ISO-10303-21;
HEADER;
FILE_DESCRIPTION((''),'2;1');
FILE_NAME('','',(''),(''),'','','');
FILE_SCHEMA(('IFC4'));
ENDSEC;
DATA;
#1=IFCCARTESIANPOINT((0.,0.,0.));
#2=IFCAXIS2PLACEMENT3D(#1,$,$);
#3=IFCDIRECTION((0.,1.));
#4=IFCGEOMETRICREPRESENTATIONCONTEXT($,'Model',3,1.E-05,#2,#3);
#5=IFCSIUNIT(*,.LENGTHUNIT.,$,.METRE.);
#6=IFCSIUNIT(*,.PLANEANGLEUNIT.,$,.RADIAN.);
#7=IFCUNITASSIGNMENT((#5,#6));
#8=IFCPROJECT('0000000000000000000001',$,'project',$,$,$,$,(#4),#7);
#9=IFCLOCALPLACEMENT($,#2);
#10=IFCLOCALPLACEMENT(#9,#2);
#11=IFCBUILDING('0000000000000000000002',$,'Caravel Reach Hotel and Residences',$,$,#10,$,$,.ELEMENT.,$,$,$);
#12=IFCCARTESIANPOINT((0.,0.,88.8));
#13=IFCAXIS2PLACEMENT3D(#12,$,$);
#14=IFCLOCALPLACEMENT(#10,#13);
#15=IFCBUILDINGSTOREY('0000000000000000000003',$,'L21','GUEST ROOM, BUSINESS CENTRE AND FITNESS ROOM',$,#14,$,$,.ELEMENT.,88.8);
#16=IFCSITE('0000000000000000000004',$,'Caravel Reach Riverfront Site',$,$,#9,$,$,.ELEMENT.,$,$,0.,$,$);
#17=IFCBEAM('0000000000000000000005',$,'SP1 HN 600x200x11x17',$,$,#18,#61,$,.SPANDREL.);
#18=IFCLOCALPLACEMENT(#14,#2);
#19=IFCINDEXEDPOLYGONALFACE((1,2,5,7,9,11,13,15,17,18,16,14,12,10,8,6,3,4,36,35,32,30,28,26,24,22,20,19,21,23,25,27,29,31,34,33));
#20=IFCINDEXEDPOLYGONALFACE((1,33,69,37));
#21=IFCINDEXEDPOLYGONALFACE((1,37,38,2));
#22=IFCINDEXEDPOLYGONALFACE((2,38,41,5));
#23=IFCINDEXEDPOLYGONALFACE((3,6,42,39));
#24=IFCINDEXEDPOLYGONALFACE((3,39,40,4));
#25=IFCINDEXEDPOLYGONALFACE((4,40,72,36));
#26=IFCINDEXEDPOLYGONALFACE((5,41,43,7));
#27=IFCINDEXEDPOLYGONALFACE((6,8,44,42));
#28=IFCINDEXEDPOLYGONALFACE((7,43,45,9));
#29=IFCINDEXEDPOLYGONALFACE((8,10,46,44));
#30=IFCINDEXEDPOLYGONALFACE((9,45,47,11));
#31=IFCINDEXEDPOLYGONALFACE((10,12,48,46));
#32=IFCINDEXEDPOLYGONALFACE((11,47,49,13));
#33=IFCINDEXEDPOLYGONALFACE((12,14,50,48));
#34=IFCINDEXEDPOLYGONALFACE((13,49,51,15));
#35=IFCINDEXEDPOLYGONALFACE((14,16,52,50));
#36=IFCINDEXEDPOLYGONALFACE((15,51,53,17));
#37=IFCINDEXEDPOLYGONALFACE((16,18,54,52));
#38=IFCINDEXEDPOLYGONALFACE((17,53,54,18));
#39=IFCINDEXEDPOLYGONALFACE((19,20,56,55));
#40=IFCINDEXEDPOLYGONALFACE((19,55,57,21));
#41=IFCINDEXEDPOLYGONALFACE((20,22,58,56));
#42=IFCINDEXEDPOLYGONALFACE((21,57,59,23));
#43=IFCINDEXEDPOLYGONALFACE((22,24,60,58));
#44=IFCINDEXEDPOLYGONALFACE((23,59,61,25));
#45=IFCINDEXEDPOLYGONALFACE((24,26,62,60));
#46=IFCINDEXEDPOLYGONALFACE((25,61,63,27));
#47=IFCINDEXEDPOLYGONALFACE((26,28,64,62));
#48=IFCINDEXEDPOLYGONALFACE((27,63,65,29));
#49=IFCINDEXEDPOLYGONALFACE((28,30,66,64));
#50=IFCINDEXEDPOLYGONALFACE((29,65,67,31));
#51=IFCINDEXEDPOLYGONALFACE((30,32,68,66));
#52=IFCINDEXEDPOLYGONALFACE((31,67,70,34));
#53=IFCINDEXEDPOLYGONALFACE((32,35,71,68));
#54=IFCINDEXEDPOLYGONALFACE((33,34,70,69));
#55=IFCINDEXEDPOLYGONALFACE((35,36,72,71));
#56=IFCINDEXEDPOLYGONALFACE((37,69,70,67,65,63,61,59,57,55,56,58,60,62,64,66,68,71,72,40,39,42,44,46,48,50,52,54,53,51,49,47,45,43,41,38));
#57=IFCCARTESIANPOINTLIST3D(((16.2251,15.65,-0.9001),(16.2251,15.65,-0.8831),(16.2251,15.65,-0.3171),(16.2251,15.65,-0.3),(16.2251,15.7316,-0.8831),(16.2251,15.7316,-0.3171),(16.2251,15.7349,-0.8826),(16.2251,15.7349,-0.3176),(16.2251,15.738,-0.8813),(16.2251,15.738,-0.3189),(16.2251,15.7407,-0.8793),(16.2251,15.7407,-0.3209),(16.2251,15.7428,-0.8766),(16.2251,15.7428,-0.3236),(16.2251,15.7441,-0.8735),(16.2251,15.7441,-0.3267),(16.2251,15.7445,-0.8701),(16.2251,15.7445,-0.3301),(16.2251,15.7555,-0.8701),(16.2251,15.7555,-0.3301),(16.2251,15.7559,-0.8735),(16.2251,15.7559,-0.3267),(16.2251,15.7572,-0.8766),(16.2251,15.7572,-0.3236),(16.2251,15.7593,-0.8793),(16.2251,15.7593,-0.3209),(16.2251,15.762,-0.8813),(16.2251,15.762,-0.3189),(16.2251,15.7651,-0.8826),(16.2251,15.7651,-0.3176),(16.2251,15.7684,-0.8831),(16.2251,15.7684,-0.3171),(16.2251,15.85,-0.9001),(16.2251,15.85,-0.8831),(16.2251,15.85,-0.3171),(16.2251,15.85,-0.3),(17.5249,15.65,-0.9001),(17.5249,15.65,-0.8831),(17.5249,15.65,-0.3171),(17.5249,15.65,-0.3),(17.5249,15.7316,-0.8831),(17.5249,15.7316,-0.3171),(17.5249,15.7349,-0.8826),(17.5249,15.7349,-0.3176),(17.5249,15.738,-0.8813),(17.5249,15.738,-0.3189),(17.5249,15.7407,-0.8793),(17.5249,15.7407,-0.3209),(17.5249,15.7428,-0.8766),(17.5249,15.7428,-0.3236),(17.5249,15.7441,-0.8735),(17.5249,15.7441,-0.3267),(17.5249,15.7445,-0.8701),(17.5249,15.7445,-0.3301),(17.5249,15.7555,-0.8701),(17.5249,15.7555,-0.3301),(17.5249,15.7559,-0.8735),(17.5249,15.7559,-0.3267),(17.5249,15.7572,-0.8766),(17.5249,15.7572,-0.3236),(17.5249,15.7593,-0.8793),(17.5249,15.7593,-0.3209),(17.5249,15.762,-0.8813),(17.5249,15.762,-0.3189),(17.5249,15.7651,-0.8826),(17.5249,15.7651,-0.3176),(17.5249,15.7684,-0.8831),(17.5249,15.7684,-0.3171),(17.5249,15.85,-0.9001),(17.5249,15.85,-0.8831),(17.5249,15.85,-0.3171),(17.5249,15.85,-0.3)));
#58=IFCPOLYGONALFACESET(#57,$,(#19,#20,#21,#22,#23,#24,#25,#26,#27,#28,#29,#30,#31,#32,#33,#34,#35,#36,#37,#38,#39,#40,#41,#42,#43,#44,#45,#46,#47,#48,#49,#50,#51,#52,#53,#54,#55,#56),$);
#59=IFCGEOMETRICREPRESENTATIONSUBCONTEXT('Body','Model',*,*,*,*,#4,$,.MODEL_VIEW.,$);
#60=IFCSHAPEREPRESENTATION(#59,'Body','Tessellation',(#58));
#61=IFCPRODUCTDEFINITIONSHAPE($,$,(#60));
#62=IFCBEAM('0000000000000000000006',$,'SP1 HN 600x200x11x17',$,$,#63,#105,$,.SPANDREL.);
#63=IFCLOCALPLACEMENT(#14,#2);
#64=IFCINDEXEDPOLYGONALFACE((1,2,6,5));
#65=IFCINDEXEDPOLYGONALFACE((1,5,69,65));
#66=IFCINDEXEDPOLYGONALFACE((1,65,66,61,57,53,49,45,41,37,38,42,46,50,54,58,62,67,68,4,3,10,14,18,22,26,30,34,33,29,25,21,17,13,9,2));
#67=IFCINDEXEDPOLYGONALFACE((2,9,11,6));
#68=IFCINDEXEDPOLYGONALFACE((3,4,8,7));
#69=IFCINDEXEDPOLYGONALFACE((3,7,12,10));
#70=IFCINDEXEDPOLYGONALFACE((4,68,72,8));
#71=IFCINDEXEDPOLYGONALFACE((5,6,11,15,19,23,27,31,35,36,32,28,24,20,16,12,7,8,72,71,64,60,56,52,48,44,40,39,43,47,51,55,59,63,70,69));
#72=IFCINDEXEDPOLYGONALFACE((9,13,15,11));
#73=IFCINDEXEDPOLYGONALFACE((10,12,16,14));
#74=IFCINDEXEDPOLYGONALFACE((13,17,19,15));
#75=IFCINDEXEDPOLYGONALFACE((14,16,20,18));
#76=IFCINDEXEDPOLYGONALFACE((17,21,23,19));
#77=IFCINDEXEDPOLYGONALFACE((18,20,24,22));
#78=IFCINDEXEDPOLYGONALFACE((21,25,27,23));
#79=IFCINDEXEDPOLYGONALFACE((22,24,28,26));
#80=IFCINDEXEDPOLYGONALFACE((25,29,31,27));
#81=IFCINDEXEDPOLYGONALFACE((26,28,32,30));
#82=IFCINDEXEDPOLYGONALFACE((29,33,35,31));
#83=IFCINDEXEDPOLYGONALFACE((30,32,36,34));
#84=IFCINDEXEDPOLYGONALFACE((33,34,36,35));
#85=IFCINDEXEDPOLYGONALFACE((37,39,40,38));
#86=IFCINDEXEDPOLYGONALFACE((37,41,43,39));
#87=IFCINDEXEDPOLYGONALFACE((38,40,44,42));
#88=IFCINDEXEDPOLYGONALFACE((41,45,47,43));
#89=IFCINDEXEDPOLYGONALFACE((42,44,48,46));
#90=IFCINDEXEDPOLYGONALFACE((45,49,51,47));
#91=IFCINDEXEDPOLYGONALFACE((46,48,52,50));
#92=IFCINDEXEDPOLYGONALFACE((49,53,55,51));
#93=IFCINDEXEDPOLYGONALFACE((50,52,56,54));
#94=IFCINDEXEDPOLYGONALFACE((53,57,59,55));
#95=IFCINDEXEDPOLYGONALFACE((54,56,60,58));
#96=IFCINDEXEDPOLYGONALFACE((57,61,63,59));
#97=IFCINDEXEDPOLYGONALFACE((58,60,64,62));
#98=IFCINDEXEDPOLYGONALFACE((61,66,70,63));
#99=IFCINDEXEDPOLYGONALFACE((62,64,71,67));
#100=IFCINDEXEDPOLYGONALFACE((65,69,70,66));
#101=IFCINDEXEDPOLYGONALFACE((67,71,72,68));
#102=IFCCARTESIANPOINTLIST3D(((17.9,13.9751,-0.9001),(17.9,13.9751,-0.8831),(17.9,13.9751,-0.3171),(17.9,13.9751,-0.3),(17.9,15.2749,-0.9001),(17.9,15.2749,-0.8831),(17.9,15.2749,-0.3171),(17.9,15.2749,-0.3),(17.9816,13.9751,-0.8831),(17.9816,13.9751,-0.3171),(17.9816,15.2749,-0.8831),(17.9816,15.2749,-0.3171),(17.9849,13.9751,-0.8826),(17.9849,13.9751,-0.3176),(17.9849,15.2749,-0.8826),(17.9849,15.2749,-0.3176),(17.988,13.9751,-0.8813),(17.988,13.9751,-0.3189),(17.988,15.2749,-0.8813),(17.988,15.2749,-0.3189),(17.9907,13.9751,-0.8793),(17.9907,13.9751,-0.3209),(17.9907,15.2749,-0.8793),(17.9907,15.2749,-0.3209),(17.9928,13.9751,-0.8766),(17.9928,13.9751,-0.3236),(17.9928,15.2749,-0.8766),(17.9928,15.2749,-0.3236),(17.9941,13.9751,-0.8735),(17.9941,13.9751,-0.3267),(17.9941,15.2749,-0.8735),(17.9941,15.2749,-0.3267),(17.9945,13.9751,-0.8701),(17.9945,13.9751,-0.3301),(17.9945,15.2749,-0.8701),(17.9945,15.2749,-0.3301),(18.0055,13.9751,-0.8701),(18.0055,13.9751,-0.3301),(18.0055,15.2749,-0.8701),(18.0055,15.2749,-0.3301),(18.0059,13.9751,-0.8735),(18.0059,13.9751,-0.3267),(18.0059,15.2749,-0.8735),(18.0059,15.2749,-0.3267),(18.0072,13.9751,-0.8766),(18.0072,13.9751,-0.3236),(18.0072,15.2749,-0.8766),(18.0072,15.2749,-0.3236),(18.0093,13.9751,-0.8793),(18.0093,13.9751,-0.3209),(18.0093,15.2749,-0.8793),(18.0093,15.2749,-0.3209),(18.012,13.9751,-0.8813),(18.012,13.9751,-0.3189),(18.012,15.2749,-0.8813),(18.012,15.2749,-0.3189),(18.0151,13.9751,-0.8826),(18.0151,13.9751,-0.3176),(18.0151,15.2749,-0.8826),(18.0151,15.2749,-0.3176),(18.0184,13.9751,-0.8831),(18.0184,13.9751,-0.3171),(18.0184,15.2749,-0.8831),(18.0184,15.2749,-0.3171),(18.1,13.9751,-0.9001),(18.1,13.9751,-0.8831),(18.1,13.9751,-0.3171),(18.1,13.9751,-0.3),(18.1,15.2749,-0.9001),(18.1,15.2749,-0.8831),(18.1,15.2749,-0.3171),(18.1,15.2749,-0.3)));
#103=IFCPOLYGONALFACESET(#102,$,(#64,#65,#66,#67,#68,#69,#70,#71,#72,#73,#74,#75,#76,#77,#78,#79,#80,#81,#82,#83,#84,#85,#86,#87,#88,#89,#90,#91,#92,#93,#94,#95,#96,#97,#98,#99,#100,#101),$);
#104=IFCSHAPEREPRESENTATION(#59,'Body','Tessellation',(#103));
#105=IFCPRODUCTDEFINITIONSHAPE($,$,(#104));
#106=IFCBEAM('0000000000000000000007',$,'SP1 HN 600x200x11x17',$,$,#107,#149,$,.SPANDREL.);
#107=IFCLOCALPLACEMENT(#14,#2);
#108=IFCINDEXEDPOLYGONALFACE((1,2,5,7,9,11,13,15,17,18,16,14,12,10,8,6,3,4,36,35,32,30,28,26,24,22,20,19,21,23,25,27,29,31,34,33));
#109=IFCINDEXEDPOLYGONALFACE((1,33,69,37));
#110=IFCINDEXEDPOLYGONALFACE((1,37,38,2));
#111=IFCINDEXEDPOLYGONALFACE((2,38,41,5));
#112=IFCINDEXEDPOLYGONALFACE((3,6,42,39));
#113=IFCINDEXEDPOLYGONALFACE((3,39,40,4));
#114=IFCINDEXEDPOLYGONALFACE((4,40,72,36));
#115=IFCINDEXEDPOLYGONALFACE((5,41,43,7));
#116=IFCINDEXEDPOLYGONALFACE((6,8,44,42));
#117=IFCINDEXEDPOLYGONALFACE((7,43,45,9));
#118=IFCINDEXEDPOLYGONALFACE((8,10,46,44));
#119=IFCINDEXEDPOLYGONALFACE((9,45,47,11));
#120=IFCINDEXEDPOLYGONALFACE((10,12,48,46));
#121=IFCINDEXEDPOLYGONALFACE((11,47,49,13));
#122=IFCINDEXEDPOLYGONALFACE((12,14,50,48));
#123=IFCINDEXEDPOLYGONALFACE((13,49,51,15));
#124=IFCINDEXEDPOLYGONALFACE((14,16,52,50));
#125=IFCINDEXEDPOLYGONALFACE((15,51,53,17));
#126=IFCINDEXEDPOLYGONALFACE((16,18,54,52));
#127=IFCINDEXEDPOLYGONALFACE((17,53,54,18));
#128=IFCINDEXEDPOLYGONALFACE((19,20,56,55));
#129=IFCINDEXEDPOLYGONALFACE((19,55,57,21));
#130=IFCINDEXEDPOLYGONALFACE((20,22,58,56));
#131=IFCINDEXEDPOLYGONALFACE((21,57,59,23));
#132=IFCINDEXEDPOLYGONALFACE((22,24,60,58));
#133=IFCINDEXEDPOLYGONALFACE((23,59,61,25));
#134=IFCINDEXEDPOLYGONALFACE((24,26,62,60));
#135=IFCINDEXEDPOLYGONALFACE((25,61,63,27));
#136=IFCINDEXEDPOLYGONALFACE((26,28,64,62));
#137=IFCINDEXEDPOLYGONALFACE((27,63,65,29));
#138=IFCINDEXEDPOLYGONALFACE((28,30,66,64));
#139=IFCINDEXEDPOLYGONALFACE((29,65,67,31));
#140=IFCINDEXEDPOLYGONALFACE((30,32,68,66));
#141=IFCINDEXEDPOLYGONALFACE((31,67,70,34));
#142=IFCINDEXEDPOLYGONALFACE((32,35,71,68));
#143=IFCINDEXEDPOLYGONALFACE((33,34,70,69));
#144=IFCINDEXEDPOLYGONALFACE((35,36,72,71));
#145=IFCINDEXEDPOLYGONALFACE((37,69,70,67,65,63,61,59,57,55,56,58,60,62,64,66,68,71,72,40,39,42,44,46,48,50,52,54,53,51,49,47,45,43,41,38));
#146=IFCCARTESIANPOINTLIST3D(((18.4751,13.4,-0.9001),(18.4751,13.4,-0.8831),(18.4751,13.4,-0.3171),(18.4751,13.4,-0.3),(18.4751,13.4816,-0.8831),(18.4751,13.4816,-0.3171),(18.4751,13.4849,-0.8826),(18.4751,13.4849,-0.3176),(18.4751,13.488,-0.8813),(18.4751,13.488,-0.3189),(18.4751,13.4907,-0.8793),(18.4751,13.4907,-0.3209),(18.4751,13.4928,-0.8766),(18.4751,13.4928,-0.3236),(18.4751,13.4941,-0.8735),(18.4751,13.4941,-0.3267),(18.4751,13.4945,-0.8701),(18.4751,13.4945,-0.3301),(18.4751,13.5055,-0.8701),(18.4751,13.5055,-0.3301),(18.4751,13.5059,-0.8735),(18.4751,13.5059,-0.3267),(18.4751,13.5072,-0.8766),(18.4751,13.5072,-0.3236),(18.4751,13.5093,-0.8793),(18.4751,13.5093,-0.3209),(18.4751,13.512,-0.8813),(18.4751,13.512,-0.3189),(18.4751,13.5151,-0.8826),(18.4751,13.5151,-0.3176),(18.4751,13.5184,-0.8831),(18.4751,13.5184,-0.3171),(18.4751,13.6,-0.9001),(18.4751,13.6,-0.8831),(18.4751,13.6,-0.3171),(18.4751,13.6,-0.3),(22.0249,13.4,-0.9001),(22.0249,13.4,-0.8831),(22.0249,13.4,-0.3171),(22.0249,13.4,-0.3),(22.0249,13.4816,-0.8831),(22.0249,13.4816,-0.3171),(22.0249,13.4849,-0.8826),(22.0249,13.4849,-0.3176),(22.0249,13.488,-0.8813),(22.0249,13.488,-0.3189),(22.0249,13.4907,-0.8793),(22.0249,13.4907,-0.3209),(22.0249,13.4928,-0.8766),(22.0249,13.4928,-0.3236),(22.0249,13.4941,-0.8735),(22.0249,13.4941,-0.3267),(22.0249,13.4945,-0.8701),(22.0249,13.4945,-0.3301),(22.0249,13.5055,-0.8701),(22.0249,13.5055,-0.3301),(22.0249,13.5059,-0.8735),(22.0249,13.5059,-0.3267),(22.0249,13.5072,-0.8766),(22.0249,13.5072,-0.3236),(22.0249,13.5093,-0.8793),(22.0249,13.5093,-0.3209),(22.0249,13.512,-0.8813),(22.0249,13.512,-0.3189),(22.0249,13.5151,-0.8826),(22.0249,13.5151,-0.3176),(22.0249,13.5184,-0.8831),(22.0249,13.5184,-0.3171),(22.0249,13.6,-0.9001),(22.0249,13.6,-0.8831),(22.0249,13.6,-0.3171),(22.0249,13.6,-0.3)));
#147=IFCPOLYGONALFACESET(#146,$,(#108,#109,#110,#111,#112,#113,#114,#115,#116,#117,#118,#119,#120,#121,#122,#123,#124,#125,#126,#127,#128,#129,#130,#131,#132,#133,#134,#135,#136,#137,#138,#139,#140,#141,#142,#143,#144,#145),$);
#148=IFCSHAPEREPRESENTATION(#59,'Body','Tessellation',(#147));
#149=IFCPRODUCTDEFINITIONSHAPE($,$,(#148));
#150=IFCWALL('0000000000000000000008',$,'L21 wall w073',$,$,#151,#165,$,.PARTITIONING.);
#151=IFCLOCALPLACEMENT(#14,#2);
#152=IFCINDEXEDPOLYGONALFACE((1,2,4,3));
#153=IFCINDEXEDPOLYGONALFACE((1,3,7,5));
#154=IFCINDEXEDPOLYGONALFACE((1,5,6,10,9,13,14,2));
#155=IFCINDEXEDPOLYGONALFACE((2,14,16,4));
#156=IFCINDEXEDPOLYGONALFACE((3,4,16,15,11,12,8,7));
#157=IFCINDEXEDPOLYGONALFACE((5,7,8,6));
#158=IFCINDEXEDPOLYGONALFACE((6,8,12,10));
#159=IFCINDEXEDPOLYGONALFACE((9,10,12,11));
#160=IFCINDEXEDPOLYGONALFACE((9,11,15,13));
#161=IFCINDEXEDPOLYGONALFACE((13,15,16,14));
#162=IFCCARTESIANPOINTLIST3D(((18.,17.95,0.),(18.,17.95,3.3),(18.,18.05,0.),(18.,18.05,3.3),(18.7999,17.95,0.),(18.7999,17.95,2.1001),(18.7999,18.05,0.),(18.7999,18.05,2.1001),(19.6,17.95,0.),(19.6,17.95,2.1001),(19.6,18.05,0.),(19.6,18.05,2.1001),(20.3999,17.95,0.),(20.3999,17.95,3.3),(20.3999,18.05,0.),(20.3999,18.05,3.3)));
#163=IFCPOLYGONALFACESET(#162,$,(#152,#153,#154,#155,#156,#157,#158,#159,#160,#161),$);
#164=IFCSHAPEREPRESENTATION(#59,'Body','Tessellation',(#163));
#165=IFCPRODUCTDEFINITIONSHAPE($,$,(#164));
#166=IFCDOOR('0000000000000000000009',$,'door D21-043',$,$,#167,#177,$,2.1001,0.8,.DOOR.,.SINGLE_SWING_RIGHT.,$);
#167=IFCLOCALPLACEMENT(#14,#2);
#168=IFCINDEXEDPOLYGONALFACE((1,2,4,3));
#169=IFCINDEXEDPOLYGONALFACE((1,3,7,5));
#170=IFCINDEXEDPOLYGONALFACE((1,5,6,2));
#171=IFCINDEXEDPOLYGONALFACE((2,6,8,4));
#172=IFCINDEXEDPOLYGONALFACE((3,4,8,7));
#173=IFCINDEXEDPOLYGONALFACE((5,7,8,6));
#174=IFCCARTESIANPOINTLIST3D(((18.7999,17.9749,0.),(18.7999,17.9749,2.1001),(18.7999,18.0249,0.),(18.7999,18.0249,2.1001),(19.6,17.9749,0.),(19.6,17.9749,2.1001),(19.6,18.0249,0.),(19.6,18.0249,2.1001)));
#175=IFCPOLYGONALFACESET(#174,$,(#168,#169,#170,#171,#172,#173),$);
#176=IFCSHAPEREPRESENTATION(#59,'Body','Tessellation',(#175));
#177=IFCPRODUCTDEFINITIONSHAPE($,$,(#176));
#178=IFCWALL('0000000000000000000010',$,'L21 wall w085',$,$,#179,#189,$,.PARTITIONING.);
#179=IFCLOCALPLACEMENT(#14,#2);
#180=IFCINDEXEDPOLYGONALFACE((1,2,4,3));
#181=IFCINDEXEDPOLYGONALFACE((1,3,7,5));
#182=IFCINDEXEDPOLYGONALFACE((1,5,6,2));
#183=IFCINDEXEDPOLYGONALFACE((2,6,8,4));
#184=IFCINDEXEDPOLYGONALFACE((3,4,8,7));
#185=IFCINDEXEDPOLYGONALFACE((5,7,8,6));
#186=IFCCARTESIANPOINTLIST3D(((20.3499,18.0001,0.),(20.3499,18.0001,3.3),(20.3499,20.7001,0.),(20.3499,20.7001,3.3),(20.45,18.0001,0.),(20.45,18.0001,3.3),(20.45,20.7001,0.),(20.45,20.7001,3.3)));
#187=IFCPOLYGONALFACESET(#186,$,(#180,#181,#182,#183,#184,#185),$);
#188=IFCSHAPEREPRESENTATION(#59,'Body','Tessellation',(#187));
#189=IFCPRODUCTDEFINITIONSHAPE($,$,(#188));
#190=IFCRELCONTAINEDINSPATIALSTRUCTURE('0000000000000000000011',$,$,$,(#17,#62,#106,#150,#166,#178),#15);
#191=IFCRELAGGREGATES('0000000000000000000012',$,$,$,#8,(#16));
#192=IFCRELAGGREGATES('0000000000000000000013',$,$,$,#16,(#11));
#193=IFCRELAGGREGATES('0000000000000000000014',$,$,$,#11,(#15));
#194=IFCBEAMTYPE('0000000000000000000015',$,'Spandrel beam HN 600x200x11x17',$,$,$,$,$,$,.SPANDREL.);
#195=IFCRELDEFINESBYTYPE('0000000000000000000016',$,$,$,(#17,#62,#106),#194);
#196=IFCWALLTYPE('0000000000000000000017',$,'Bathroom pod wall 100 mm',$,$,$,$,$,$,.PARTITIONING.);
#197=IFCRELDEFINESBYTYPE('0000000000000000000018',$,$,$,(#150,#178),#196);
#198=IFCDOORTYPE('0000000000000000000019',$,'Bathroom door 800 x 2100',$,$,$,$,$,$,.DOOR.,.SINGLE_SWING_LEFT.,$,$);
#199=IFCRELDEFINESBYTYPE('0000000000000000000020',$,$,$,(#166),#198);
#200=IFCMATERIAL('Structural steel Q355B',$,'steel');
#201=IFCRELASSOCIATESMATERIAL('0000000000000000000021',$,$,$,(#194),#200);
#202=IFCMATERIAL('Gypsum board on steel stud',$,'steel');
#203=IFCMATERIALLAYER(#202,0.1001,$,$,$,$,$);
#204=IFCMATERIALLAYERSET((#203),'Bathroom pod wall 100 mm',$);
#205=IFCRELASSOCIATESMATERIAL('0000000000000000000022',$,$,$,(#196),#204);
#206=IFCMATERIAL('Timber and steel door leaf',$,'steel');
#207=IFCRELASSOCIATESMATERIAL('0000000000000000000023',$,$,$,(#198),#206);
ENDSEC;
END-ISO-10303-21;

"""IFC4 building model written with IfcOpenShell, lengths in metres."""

from ifc_helpers import new_model, si_unit, direction, frame, frame_2d, origin, origin_2d, place, context, subcontext, project, spatial, rectangle, i_section, extrude, material, layer, layer_set, material_profile, profile_set, type_object, element, fill, save


model = new_model("IFC4")

# Units and contexts
model_context = context("Model", 3, precision=1e-05, world=origin(), true_north=direction((0.0, 1.0)))
body_context = subcontext(model_context, "Body", "Model", "MODEL_VIEW")
ifc_project = project(units=[si_unit("LENGTHUNIT", "METRE"), si_unit("PLANEANGLEUNIT", "RADIAN")], contexts=[model_context])

# Site, building, storey
site_placement = place(None, origin())
site = spatial("IfcSite", under=ifc_project, at=site_placement, Name="Caravel Reach Riverfront Site", CompositionType="ELEMENT", RefElevation=0.0)
building_placement = place(site_placement, origin())
building = spatial("IfcBuilding", under=site, at=building_placement, Name="Caravel Reach Hotel and Residences", CompositionType="ELEMENT")
storey_placement = place(building_placement, frame((0.0, 0.0, 88.8)))
storey = spatial("IfcBuildingStorey", under=building, at=storey_placement, Name="L21", Description="GUEST ROOM, BUSINESS CENTRE AND FITNESS ROOM", CompositionType="ELEMENT", Elevation=88.8)

# Beams
ifc_material_1 = material(Name="Structural steel Q355B", Category="steel")
ifc_material_profile_1 = material_profile(ifc_material_1, i_section(OverallWidth=0.2, OverallDepth=0.6001, WebThickness=0.011, FlangeThickness=0.0171, FilletRadius=0.0129, at=origin_2d()), Name="HN 600x200x11x17")
ifc_profile_set_1 = profile_set([ifc_material_profile_1], Name="Structural steel Q355B")
beam_type_1 = type_object("IfcBeamType", Name="Spandrel beam HN 600x200x11x17", PredefinedType="SPANDREL", material=ifc_profile_set_1)
for number, where, z_axis, x_axis, name in (
    (1, (16.2251, 15.75, -0.6001), (1.0, 0.0, 0.0), (0.0, 1.0, 0.0), "SP1 HN 600x200x11x17"),
    (2, (18.0, 15.2749, -0.6001), (0.0, -1.0, 0.0), (1.0, 0.0, 0.0), "SP1 HN 600x200x11x17"),
):
    element("IfcBeam", number, at=place(storey_placement, frame(where, z_axis=z_axis, x_axis=x_axis)), inside=storey, type_object=beam_type_1, Name=name, PredefinedType="SPANDREL", context=body_context, shape_type="SweptSolid", body=[
        extrude(i_section(OverallWidth=0.2, OverallDepth=0.6001, WebThickness=0.011, FlangeThickness=0.0171, FilletRadius=0.0129, at=origin_2d()), origin(), (0.0, 0.0, 1.0), 1.2998),
    ])
beam_1_placement = place(storey_placement, frame((18.4751, 13.5, -0.6001), z_axis=(1.0, 0.0, 0.0), x_axis=(0.0, 1.0, 0.0)))
element("IfcBeam", 3, at=beam_1_placement, inside=storey, type_object=beam_type_1, Name="SP1 HN 600x200x11x17", PredefinedType="SPANDREL", context=body_context, shape_type="SweptSolid", body=[
    extrude(i_section(OverallWidth=0.2, OverallDepth=0.6001, WebThickness=0.011, FlangeThickness=0.0171, FilletRadius=0.0129, at=origin_2d()), origin(), (0.0, 0.0, 1.0), 3.5498),
])

# Wall, opening, door
ifc_material_2 = material(Name="Gypsum board on steel stud", Category="steel")
ifc_layer_1 = layer(ifc_material_2, 0.1001)
ifc_layer_set_1 = layer_set([ifc_layer_1], Name="Bathroom pod wall 100 mm")
wall_type_1 = type_object("IfcWallType", Name="Bathroom pod wall 100 mm", PredefinedType="PARTITIONING", material=ifc_layer_set_1)
wall_1_placement = place(storey_placement, frame((18.0, 18.0, 0.0), z_axis=(0.0, 0.0, 1.0), x_axis=(1.0, 0.0, 0.0)))
wall_1 = element("IfcWall", 4, at=wall_1_placement, inside=storey, type_object=wall_type_1, Name="L21 wall w073", PredefinedType="PARTITIONING", context=body_context, shape_type="SweptSolid", body=[
    extrude(rectangle(XDim=2.3999, YDim=0.1001, at=frame_2d((1.2, 0.0))), origin(), (0.0, 0.0, 1.0), 3.3),
])
opening_1_placement = place(wall_1_placement, frame((0.8, 0.0, 0.0)))
opening_1 = element("IfcOpeningElement", 5, at=opening_1_placement, cuts=wall_1, PredefinedType="OPENING", context=body_context, shape_type="SweptSolid", body=[
    extrude(rectangle(XDim=0.8, YDim=2.1001, at=frame_2d((0.3999, 1.05))), frame((0.0, 0.0601, 0.0), z_axis=(0.0, -1.0, 0.0), x_axis=(1.0, 0.0, 0.0)), (0.0, 0.0, 1.0), 0.1201),
])
ifc_material_3 = material(Name="Timber and steel door leaf", Category="steel")
door_type_1 = type_object("IfcDoorType", Name="Bathroom door 800 x 2100", OperationType="SINGLE_SWING_LEFT", PredefinedType="DOOR", material=ifc_material_3)
door_1_placement = place(opening_1_placement, origin())
door_1 = element("IfcDoor", 6, at=door_1_placement, inside=storey, type_object=door_type_1, Name="door D21-043", OperationType="SINGLE_SWING_RIGHT", OverallHeight=2.1001, OverallWidth=0.8, PredefinedType="DOOR", context=body_context, shape_type="SweptSolid", body=[
    extrude(rectangle(XDim=0.8, YDim=2.1001, at=frame_2d((0.3999, 1.05))), frame((0.0, 0.0249, 0.0), z_axis=(0.0, -1.0, 0.0), x_axis=(1.0, 0.0, 0.0)), (0.0, 0.0, 1.0), 0.05),
])
fill(opening_1, door_1)

# Wall
wall_2_placement = place(storey_placement, frame((20.3999, 18.0, 0.0), z_axis=(0.0, 0.0, 1.0), x_axis=(0.0, 1.0, 0.0)))
element("IfcWall", 7, at=wall_2_placement, inside=storey, type_object=wall_type_1, Name="L21 wall w085", PredefinedType="PARTITIONING", context=body_context, shape_type="SweptSolid", body=[
    extrude(rectangle(XDim=2.7, YDim=0.1001, at=frame_2d((1.3501, 0.0))), origin(), (0.0, 0.0, 1.0), 3.3),
])

save(model, "model.ifc")
